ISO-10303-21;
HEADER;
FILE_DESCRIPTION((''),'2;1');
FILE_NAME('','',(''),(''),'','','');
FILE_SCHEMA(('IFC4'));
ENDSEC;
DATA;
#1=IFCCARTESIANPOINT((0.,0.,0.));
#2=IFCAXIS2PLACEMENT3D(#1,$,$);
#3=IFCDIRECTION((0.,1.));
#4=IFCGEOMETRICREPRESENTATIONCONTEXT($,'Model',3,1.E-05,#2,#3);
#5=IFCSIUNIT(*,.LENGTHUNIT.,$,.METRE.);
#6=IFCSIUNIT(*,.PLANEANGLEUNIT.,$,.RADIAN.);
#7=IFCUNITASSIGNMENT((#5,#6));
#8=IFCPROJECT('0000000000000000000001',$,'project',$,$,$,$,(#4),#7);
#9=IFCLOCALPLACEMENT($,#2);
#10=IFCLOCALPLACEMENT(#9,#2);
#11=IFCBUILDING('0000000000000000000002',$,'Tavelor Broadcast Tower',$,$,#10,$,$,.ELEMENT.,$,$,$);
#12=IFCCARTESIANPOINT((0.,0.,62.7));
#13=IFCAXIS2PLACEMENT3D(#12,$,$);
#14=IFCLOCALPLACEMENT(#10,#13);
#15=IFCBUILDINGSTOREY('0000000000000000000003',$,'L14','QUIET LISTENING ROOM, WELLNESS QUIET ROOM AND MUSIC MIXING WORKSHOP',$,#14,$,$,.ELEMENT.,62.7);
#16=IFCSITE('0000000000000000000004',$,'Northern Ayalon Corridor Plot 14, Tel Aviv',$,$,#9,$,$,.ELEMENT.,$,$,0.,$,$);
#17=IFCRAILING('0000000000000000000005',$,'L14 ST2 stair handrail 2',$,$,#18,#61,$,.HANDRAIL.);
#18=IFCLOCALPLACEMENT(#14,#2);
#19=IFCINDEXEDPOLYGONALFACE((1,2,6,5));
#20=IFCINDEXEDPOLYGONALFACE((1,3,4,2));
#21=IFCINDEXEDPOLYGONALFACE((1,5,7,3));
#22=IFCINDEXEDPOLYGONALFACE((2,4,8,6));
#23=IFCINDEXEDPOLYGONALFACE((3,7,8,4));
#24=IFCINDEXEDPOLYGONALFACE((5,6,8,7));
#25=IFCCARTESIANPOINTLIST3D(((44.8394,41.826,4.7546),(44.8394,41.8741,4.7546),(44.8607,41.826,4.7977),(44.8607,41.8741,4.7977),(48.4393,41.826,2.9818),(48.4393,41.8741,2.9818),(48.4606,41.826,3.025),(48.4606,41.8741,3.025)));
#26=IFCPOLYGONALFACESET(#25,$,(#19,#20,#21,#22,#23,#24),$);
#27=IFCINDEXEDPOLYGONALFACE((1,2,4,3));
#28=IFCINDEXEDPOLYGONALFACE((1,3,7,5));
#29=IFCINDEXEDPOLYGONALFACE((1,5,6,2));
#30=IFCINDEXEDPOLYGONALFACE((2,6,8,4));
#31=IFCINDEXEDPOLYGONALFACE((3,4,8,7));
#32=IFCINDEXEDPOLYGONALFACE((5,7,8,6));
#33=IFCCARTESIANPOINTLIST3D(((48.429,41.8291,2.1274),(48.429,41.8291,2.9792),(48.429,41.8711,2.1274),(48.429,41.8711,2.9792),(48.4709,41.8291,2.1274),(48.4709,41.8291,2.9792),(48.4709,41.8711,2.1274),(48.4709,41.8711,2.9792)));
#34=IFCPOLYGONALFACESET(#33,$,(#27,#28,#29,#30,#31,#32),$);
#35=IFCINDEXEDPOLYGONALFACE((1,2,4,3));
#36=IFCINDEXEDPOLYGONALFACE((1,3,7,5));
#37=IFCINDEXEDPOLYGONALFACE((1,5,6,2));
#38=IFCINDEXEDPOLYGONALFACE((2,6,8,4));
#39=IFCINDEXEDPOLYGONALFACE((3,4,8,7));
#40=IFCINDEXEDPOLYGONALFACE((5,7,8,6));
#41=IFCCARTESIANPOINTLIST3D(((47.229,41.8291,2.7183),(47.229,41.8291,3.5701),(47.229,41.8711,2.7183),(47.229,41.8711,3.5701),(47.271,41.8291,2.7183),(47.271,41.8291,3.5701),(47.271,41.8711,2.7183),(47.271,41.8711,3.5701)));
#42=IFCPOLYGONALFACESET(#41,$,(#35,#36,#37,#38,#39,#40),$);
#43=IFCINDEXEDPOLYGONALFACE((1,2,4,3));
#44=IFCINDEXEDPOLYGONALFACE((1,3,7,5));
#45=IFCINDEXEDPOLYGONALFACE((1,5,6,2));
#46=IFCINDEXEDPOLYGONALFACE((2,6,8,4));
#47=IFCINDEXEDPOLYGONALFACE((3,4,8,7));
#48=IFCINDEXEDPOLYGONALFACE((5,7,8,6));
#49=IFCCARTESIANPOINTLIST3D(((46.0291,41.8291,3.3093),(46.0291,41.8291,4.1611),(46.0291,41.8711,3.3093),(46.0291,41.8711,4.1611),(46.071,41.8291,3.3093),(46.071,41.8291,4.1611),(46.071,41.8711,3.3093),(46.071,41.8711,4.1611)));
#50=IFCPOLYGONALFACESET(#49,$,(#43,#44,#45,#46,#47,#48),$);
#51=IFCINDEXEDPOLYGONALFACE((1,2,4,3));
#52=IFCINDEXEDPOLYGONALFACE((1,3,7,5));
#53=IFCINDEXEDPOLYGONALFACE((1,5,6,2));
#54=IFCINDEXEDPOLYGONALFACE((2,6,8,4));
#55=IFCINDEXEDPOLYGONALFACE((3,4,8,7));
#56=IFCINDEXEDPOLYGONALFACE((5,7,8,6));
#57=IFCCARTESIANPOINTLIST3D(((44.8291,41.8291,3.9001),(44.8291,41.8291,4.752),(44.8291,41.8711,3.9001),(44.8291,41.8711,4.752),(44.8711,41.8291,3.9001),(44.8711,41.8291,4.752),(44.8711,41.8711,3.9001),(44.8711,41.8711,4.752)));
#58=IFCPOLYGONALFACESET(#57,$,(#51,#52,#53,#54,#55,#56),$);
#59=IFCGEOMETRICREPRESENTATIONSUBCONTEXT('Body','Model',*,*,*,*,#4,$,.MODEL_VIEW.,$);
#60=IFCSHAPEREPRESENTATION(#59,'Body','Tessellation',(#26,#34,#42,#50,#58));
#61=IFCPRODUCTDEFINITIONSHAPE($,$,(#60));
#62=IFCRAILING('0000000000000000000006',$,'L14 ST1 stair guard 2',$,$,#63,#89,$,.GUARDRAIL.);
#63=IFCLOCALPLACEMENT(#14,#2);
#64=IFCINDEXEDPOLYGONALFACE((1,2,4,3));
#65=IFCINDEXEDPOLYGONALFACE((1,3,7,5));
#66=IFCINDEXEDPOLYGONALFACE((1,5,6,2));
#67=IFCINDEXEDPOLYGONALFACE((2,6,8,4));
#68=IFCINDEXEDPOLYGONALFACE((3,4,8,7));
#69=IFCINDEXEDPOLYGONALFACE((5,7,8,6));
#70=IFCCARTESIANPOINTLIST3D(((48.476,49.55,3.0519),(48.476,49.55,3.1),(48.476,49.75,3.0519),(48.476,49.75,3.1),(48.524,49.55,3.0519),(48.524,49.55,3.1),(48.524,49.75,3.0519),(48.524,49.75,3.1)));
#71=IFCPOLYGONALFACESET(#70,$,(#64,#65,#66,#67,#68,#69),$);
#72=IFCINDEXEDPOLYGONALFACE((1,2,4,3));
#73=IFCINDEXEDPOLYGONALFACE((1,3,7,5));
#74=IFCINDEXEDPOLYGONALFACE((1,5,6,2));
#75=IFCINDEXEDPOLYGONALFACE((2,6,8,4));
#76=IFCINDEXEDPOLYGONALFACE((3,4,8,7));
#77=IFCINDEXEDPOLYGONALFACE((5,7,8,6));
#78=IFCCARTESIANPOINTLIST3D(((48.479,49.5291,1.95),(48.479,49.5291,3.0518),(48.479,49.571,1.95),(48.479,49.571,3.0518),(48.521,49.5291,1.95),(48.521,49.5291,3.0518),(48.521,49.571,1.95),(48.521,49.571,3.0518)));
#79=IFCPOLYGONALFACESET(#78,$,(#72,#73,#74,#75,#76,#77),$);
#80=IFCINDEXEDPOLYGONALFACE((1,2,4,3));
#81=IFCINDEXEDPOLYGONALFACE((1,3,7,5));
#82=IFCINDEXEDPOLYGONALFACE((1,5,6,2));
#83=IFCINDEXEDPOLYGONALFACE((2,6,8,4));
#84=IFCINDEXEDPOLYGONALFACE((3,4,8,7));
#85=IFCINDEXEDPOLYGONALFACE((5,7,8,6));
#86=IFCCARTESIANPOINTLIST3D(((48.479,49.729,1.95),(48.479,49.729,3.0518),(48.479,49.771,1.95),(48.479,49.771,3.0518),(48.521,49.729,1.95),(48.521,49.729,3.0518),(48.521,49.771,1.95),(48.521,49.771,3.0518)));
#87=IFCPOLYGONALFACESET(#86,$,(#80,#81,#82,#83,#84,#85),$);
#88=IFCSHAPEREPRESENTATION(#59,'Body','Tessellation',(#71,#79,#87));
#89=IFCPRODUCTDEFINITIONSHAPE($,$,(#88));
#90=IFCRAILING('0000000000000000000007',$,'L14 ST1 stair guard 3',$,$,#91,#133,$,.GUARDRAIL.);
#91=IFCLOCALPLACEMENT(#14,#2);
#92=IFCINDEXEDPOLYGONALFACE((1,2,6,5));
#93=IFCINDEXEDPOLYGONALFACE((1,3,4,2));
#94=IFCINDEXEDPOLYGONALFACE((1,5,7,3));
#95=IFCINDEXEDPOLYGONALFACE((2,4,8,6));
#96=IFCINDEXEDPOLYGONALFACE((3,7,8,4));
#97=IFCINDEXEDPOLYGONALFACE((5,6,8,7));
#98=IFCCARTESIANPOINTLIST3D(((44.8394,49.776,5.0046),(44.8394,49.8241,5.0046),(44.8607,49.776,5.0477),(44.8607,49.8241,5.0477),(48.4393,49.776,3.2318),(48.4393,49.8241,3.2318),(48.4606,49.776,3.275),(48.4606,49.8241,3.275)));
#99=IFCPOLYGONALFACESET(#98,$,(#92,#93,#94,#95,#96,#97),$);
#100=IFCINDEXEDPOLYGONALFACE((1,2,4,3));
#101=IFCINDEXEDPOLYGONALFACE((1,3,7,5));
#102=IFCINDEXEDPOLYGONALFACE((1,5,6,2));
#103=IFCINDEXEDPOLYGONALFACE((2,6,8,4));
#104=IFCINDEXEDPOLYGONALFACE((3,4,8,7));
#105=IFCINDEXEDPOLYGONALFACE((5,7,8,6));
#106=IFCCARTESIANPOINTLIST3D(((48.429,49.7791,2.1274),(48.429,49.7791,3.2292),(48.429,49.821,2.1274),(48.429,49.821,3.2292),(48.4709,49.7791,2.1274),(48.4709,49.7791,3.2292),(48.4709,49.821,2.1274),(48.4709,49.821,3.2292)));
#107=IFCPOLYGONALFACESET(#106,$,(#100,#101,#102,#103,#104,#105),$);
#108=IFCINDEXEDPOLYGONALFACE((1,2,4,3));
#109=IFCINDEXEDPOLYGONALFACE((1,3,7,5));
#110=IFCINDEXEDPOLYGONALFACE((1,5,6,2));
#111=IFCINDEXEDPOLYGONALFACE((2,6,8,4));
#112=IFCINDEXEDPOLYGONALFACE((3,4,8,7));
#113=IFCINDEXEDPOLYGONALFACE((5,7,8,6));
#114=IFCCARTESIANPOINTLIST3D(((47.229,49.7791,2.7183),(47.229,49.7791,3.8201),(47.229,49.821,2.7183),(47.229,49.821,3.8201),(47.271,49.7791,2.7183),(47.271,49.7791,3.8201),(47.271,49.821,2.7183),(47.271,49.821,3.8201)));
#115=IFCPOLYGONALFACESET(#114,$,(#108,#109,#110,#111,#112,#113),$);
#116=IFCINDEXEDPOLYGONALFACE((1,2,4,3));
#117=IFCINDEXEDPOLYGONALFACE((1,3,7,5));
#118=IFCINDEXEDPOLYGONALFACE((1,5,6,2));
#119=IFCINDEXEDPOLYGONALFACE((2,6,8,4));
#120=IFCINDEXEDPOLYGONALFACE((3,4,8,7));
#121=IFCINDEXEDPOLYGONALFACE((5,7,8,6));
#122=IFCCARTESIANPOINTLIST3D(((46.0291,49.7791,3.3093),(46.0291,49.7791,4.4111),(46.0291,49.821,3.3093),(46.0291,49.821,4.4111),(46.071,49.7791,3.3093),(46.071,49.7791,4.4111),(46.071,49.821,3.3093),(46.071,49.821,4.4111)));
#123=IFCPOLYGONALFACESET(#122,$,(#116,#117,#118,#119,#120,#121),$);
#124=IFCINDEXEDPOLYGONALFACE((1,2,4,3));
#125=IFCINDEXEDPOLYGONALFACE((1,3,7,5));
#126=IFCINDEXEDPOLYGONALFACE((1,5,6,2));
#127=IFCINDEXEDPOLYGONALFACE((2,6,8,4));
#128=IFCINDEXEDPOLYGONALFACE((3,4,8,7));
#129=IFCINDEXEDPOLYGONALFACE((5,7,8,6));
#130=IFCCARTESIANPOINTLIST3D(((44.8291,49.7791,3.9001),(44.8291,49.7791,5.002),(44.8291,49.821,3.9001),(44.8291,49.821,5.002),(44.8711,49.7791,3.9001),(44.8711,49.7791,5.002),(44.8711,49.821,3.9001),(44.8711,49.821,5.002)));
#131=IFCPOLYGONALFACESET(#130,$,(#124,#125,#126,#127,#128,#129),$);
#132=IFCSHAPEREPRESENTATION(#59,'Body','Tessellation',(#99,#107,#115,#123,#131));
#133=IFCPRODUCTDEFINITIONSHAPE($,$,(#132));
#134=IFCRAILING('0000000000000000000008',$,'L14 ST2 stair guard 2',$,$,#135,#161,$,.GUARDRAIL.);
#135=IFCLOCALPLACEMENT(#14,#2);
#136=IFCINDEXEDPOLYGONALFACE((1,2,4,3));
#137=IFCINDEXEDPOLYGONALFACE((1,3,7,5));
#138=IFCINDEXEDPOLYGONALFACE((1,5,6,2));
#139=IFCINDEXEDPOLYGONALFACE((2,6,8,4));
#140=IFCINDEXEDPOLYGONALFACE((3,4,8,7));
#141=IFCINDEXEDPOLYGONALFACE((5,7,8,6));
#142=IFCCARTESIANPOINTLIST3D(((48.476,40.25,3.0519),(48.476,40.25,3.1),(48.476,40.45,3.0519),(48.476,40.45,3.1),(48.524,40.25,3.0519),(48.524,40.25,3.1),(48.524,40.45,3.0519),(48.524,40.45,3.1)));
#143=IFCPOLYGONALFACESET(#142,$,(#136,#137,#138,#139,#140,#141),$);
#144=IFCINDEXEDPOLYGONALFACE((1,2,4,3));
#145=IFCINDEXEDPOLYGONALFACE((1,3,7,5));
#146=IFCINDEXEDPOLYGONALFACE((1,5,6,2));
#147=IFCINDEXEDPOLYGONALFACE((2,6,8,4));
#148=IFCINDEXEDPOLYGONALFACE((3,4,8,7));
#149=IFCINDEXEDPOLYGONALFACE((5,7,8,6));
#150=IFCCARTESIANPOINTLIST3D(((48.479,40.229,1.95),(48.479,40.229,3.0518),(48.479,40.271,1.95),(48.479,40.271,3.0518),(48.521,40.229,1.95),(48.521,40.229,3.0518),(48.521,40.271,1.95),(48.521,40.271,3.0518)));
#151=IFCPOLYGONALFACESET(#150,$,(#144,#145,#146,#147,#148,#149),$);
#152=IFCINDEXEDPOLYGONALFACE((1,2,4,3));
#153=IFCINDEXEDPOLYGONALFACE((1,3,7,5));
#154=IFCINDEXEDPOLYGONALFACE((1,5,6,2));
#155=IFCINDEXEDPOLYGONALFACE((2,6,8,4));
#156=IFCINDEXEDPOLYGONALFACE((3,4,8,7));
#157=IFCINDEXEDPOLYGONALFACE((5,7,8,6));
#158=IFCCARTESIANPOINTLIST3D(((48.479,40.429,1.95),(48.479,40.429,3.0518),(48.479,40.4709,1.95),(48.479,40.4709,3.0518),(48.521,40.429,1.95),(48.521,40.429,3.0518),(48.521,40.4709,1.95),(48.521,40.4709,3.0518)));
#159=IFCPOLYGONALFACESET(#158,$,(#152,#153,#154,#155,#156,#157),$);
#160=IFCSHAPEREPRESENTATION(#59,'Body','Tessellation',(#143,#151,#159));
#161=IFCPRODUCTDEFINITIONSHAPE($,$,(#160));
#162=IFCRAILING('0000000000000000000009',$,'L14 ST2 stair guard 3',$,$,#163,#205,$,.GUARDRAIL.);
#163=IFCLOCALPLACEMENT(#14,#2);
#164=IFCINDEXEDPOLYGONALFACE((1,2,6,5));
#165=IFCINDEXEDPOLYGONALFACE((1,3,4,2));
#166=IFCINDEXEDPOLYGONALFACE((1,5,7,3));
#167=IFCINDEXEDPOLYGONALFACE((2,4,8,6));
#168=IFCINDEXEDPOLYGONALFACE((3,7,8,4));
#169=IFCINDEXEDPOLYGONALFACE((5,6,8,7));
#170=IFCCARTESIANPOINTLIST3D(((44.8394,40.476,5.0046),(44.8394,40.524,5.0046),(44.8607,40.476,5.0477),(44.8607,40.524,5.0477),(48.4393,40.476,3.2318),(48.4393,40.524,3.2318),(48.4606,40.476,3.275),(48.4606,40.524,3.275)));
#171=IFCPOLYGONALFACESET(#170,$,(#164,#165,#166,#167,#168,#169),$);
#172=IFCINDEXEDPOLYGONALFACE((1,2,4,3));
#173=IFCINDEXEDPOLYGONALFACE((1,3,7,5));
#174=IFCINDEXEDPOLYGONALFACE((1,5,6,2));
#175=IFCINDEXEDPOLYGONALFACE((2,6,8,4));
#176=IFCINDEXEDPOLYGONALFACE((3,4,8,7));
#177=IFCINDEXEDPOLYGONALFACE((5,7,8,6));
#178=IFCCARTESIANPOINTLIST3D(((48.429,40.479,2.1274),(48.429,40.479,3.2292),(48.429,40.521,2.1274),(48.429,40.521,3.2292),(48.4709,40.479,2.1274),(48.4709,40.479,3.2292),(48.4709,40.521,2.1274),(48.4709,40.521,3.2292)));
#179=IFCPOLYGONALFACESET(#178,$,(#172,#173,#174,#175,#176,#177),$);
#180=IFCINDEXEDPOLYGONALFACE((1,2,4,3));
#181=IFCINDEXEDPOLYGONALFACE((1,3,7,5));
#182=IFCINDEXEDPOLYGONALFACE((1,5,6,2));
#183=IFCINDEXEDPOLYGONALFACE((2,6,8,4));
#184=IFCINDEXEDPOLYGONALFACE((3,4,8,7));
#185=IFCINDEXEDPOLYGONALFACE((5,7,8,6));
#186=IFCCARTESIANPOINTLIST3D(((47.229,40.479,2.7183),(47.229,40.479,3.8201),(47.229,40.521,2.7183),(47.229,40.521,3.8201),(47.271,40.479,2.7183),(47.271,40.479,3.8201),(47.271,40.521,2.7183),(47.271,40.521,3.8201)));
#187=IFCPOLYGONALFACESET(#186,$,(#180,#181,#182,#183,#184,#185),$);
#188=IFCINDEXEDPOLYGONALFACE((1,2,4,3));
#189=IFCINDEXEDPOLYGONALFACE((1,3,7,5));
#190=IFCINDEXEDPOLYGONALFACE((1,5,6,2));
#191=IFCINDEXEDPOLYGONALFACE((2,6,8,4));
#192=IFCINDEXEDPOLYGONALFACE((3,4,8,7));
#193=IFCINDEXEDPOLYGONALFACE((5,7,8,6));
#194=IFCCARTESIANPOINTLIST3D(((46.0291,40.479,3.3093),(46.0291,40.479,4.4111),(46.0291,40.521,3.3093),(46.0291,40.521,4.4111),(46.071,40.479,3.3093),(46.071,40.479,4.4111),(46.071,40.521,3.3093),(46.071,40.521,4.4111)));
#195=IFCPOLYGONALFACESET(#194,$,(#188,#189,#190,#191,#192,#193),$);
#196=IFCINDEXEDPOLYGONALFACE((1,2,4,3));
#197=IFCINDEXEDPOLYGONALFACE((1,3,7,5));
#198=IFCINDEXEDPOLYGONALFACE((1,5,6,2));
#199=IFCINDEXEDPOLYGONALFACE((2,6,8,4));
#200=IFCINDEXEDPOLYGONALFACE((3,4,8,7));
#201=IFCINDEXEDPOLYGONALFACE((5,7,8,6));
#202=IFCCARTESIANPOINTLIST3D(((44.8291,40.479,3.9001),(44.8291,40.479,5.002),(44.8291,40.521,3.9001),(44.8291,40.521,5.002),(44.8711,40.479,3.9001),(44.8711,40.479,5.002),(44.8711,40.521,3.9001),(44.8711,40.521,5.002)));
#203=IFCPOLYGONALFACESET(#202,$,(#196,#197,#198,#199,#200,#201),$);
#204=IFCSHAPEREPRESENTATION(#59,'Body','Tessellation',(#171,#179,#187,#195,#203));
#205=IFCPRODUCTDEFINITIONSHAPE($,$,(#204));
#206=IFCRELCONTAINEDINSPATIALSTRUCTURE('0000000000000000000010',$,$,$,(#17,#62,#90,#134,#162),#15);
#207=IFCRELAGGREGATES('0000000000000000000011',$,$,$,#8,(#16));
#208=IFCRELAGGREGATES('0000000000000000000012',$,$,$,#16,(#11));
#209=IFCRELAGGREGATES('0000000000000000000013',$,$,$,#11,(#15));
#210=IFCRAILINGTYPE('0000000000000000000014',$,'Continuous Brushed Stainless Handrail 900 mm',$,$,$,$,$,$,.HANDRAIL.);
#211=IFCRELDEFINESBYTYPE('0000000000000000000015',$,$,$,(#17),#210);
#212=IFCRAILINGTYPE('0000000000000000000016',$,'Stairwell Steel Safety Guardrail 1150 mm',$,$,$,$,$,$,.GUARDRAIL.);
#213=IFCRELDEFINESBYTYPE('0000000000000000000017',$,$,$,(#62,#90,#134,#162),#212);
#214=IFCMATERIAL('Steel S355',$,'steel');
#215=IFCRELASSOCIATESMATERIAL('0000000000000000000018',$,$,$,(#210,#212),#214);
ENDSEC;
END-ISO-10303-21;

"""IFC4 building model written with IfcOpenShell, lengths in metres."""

from ifc_helpers import new_model, si_unit, direction, frame, origin, origin_2d, place, context, subcontext, project, spatial, rectangle, extrude, material, type_object, element, save


model = new_model("IFC4")

# Units and contexts
model_context = context("Model", 3, precision=1e-05, world=origin(), true_north=direction((0.0, 1.0)))
body_context = subcontext(model_context, "Body", "Model", "MODEL_VIEW")
ifc_project = project(units=[si_unit("LENGTHUNIT", "METRE"), si_unit("PLANEANGLEUNIT", "RADIAN")], contexts=[model_context])

# Site, building, storey
site_placement = place(None, origin())
site = spatial("IfcSite", under=ifc_project, at=site_placement, Name="Northern Ayalon Corridor Plot 14, Tel Aviv", CompositionType="ELEMENT", RefElevation=0.0)
building_placement = place(site_placement, origin())
building = spatial("IfcBuilding", under=site, at=building_placement, Name="Tavelor Broadcast Tower", CompositionType="ELEMENT")
storey_placement = place(building_placement, frame((0.0, 0.0, 62.7)))
storey = spatial("IfcBuildingStorey", under=building, at=storey_placement, Name="L14", Description="QUIET LISTENING ROOM, WELLNESS QUIET ROOM AND MUSIC MIXING WORKSHOP", CompositionType="ELEMENT", Elevation=62.7)

# Shared definitions
ifc_material_1 = material(Name="Steel S355", Category="steel")

# Railings
railing_type_1 = type_object("IfcRailingType", Name="Continuous Brushed Stainless Handrail 900 mm", PredefinedType="HANDRAIL", material=ifc_material_1)
for number, where, name in (
    (1, (48.45, 41.8501, 2.1274), "L14 ST2 stair handrail 2"),
):
    element("IfcRailing", number, at=place(storey_placement, frame(where)), inside=storey, type_object=railing_type_1, Name=name, PredefinedType="HANDRAIL", context=body_context, shape_type="SweptSolid", body=[
        extrude(rectangle(XDim=0.0481, YDim=0.0481, at=origin_2d()), frame((0.0, 0.0, 0.876), z_axis=(-0.897124, 0.0, 0.441778), x_axis=(0.0, -1.0, 0.0)), (0.0, 0.0, 1.0), 4.0127),
        extrude(rectangle(XDim=0.042, YDim=0.042, at=origin_2d()), origin(), (0.0, 0.0, 1.0), 0.8518),
        extrude(rectangle(XDim=0.042, YDim=0.042, at=origin_2d()), frame((-1.2, 0.0, 0.5908)), (0.0, 0.0, 1.0), 0.8518),
        extrude(rectangle(XDim=0.042, YDim=0.042, at=origin_2d()), frame((-2.3999, 0.0, 1.1819)), (0.0, 0.0, 1.0), 0.8518),
        extrude(rectangle(XDim=0.042, YDim=0.042, at=origin_2d()), frame((-3.5999, 0.0, 1.7727)), (0.0, 0.0, 1.0), 0.8518),
    ])
railing_type_2 = type_object("IfcRailingType", Name="Stairwell Steel Safety Guardrail 1150 mm", PredefinedType="GUARDRAIL", material=ifc_material_1)
railing_1_placement = place(storey_placement, frame((48.5, 49.55, 1.95)))
element("IfcRailing", 2, at=railing_1_placement, inside=storey, type_object=railing_type_2, Name="L14 ST1 stair guard 2", PredefinedType="GUARDRAIL", context=body_context, shape_type="SweptSolid", body=[
    extrude(rectangle(XDim=0.0481, YDim=0.0481, at=origin_2d()), frame((0.0, 0.0, 1.126), z_axis=(0.0, 1.0, 0.0), x_axis=(-1.0, 0.0, 0.0)), (0.0, 0.0, 1.0), 0.2),
    extrude(rectangle(XDim=0.042, YDim=0.042, at=origin_2d()), origin(), (0.0, 0.0, 1.0), 1.1018),
    extrude(rectangle(XDim=0.042, YDim=0.042, at=origin_2d()), frame((0.0, 0.2, 0.0)), (0.0, 0.0, 1.0), 1.1018),
])
railing_2_placement = place(storey_placement, frame((48.45, 49.8, 2.1274)))
element("IfcRailing", 3, at=railing_2_placement, inside=storey, type_object=railing_type_2, Name="L14 ST1 stair guard 3", PredefinedType="GUARDRAIL", context=body_context, shape_type="SweptSolid", body=[
    extrude(rectangle(XDim=0.0481, YDim=0.0481, at=origin_2d()), frame((0.0, 0.0, 1.126), z_axis=(-0.897124, 0.0, 0.441778), x_axis=(0.0, -1.0, 0.0)), (0.0, 0.0, 1.0), 4.0127),
    extrude(rectangle(XDim=0.042, YDim=0.042, at=origin_2d()), origin(), (0.0, 0.0, 1.0), 1.1018),
    extrude(rectangle(XDim=0.042, YDim=0.042, at=origin_2d()), frame((-1.2, 0.0, 0.5908)), (0.0, 0.0, 1.0), 1.1018),
    extrude(rectangle(XDim=0.042, YDim=0.042, at=origin_2d()), frame((-2.3999, 0.0, 1.1819)), (0.0, 0.0, 1.0), 1.1018),
    extrude(rectangle(XDim=0.042, YDim=0.042, at=origin_2d()), frame((-3.5999, 0.0, 1.7727)), (0.0, 0.0, 1.0), 1.1018),
])
railing_3_placement = place(storey_placement, frame((48.5, 40.25, 1.95)))
element("IfcRailing", 4, at=railing_3_placement, inside=storey, type_object=railing_type_2, Name="L14 ST2 stair guard 2", PredefinedType="GUARDRAIL", context=body_context, shape_type="SweptSolid", body=[
    extrude(rectangle(XDim=0.0481, YDim=0.0481, at=origin_2d()), frame((0.0, 0.0, 1.126), z_axis=(0.0, 1.0, 0.0), x_axis=(-1.0, 0.0, 0.0)), (0.0, 0.0, 1.0), 0.2),
    extrude(rectangle(XDim=0.042, YDim=0.042, at=origin_2d()), origin(), (0.0, 0.0, 1.0), 1.1018),
    extrude(rectangle(XDim=0.042, YDim=0.042, at=origin_2d()), frame((0.0, 0.2, 0.0)), (0.0, 0.0, 1.0), 1.1018),
])
railing_4_placement = place(storey_placement, frame((48.45, 40.5, 2.1274)))
element("IfcRailing", 5, at=railing_4_placement, inside=storey, type_object=railing_type_2, Name="L14 ST2 stair guard 3", PredefinedType="GUARDRAIL", context=body_context, shape_type="SweptSolid", body=[
    extrude(rectangle(XDim=0.0481, YDim=0.0481, at=origin_2d()), frame((0.0, 0.0, 1.126), z_axis=(-0.897124, 0.0, 0.441778), x_axis=(0.0, -1.0, 0.0)), (0.0, 0.0, 1.0), 4.0127),
    extrude(rectangle(XDim=0.042, YDim=0.042, at=origin_2d()), origin(), (0.0, 0.0, 1.0), 1.1018),
    extrude(rectangle(XDim=0.042, YDim=0.042, at=origin_2d()), frame((-1.2, 0.0, 0.5908)), (0.0, 0.0, 1.0), 1.1018),
    extrude(rectangle(XDim=0.042, YDim=0.042, at=origin_2d()), frame((-2.3999, 0.0, 1.1819)), (0.0, 0.0, 1.0), 1.1018),
    extrude(rectangle(XDim=0.042, YDim=0.042, at=origin_2d()), frame((-3.5999, 0.0, 1.7727)), (0.0, 0.0, 1.0), 1.1018),
])

save(model, "model.ifc")
